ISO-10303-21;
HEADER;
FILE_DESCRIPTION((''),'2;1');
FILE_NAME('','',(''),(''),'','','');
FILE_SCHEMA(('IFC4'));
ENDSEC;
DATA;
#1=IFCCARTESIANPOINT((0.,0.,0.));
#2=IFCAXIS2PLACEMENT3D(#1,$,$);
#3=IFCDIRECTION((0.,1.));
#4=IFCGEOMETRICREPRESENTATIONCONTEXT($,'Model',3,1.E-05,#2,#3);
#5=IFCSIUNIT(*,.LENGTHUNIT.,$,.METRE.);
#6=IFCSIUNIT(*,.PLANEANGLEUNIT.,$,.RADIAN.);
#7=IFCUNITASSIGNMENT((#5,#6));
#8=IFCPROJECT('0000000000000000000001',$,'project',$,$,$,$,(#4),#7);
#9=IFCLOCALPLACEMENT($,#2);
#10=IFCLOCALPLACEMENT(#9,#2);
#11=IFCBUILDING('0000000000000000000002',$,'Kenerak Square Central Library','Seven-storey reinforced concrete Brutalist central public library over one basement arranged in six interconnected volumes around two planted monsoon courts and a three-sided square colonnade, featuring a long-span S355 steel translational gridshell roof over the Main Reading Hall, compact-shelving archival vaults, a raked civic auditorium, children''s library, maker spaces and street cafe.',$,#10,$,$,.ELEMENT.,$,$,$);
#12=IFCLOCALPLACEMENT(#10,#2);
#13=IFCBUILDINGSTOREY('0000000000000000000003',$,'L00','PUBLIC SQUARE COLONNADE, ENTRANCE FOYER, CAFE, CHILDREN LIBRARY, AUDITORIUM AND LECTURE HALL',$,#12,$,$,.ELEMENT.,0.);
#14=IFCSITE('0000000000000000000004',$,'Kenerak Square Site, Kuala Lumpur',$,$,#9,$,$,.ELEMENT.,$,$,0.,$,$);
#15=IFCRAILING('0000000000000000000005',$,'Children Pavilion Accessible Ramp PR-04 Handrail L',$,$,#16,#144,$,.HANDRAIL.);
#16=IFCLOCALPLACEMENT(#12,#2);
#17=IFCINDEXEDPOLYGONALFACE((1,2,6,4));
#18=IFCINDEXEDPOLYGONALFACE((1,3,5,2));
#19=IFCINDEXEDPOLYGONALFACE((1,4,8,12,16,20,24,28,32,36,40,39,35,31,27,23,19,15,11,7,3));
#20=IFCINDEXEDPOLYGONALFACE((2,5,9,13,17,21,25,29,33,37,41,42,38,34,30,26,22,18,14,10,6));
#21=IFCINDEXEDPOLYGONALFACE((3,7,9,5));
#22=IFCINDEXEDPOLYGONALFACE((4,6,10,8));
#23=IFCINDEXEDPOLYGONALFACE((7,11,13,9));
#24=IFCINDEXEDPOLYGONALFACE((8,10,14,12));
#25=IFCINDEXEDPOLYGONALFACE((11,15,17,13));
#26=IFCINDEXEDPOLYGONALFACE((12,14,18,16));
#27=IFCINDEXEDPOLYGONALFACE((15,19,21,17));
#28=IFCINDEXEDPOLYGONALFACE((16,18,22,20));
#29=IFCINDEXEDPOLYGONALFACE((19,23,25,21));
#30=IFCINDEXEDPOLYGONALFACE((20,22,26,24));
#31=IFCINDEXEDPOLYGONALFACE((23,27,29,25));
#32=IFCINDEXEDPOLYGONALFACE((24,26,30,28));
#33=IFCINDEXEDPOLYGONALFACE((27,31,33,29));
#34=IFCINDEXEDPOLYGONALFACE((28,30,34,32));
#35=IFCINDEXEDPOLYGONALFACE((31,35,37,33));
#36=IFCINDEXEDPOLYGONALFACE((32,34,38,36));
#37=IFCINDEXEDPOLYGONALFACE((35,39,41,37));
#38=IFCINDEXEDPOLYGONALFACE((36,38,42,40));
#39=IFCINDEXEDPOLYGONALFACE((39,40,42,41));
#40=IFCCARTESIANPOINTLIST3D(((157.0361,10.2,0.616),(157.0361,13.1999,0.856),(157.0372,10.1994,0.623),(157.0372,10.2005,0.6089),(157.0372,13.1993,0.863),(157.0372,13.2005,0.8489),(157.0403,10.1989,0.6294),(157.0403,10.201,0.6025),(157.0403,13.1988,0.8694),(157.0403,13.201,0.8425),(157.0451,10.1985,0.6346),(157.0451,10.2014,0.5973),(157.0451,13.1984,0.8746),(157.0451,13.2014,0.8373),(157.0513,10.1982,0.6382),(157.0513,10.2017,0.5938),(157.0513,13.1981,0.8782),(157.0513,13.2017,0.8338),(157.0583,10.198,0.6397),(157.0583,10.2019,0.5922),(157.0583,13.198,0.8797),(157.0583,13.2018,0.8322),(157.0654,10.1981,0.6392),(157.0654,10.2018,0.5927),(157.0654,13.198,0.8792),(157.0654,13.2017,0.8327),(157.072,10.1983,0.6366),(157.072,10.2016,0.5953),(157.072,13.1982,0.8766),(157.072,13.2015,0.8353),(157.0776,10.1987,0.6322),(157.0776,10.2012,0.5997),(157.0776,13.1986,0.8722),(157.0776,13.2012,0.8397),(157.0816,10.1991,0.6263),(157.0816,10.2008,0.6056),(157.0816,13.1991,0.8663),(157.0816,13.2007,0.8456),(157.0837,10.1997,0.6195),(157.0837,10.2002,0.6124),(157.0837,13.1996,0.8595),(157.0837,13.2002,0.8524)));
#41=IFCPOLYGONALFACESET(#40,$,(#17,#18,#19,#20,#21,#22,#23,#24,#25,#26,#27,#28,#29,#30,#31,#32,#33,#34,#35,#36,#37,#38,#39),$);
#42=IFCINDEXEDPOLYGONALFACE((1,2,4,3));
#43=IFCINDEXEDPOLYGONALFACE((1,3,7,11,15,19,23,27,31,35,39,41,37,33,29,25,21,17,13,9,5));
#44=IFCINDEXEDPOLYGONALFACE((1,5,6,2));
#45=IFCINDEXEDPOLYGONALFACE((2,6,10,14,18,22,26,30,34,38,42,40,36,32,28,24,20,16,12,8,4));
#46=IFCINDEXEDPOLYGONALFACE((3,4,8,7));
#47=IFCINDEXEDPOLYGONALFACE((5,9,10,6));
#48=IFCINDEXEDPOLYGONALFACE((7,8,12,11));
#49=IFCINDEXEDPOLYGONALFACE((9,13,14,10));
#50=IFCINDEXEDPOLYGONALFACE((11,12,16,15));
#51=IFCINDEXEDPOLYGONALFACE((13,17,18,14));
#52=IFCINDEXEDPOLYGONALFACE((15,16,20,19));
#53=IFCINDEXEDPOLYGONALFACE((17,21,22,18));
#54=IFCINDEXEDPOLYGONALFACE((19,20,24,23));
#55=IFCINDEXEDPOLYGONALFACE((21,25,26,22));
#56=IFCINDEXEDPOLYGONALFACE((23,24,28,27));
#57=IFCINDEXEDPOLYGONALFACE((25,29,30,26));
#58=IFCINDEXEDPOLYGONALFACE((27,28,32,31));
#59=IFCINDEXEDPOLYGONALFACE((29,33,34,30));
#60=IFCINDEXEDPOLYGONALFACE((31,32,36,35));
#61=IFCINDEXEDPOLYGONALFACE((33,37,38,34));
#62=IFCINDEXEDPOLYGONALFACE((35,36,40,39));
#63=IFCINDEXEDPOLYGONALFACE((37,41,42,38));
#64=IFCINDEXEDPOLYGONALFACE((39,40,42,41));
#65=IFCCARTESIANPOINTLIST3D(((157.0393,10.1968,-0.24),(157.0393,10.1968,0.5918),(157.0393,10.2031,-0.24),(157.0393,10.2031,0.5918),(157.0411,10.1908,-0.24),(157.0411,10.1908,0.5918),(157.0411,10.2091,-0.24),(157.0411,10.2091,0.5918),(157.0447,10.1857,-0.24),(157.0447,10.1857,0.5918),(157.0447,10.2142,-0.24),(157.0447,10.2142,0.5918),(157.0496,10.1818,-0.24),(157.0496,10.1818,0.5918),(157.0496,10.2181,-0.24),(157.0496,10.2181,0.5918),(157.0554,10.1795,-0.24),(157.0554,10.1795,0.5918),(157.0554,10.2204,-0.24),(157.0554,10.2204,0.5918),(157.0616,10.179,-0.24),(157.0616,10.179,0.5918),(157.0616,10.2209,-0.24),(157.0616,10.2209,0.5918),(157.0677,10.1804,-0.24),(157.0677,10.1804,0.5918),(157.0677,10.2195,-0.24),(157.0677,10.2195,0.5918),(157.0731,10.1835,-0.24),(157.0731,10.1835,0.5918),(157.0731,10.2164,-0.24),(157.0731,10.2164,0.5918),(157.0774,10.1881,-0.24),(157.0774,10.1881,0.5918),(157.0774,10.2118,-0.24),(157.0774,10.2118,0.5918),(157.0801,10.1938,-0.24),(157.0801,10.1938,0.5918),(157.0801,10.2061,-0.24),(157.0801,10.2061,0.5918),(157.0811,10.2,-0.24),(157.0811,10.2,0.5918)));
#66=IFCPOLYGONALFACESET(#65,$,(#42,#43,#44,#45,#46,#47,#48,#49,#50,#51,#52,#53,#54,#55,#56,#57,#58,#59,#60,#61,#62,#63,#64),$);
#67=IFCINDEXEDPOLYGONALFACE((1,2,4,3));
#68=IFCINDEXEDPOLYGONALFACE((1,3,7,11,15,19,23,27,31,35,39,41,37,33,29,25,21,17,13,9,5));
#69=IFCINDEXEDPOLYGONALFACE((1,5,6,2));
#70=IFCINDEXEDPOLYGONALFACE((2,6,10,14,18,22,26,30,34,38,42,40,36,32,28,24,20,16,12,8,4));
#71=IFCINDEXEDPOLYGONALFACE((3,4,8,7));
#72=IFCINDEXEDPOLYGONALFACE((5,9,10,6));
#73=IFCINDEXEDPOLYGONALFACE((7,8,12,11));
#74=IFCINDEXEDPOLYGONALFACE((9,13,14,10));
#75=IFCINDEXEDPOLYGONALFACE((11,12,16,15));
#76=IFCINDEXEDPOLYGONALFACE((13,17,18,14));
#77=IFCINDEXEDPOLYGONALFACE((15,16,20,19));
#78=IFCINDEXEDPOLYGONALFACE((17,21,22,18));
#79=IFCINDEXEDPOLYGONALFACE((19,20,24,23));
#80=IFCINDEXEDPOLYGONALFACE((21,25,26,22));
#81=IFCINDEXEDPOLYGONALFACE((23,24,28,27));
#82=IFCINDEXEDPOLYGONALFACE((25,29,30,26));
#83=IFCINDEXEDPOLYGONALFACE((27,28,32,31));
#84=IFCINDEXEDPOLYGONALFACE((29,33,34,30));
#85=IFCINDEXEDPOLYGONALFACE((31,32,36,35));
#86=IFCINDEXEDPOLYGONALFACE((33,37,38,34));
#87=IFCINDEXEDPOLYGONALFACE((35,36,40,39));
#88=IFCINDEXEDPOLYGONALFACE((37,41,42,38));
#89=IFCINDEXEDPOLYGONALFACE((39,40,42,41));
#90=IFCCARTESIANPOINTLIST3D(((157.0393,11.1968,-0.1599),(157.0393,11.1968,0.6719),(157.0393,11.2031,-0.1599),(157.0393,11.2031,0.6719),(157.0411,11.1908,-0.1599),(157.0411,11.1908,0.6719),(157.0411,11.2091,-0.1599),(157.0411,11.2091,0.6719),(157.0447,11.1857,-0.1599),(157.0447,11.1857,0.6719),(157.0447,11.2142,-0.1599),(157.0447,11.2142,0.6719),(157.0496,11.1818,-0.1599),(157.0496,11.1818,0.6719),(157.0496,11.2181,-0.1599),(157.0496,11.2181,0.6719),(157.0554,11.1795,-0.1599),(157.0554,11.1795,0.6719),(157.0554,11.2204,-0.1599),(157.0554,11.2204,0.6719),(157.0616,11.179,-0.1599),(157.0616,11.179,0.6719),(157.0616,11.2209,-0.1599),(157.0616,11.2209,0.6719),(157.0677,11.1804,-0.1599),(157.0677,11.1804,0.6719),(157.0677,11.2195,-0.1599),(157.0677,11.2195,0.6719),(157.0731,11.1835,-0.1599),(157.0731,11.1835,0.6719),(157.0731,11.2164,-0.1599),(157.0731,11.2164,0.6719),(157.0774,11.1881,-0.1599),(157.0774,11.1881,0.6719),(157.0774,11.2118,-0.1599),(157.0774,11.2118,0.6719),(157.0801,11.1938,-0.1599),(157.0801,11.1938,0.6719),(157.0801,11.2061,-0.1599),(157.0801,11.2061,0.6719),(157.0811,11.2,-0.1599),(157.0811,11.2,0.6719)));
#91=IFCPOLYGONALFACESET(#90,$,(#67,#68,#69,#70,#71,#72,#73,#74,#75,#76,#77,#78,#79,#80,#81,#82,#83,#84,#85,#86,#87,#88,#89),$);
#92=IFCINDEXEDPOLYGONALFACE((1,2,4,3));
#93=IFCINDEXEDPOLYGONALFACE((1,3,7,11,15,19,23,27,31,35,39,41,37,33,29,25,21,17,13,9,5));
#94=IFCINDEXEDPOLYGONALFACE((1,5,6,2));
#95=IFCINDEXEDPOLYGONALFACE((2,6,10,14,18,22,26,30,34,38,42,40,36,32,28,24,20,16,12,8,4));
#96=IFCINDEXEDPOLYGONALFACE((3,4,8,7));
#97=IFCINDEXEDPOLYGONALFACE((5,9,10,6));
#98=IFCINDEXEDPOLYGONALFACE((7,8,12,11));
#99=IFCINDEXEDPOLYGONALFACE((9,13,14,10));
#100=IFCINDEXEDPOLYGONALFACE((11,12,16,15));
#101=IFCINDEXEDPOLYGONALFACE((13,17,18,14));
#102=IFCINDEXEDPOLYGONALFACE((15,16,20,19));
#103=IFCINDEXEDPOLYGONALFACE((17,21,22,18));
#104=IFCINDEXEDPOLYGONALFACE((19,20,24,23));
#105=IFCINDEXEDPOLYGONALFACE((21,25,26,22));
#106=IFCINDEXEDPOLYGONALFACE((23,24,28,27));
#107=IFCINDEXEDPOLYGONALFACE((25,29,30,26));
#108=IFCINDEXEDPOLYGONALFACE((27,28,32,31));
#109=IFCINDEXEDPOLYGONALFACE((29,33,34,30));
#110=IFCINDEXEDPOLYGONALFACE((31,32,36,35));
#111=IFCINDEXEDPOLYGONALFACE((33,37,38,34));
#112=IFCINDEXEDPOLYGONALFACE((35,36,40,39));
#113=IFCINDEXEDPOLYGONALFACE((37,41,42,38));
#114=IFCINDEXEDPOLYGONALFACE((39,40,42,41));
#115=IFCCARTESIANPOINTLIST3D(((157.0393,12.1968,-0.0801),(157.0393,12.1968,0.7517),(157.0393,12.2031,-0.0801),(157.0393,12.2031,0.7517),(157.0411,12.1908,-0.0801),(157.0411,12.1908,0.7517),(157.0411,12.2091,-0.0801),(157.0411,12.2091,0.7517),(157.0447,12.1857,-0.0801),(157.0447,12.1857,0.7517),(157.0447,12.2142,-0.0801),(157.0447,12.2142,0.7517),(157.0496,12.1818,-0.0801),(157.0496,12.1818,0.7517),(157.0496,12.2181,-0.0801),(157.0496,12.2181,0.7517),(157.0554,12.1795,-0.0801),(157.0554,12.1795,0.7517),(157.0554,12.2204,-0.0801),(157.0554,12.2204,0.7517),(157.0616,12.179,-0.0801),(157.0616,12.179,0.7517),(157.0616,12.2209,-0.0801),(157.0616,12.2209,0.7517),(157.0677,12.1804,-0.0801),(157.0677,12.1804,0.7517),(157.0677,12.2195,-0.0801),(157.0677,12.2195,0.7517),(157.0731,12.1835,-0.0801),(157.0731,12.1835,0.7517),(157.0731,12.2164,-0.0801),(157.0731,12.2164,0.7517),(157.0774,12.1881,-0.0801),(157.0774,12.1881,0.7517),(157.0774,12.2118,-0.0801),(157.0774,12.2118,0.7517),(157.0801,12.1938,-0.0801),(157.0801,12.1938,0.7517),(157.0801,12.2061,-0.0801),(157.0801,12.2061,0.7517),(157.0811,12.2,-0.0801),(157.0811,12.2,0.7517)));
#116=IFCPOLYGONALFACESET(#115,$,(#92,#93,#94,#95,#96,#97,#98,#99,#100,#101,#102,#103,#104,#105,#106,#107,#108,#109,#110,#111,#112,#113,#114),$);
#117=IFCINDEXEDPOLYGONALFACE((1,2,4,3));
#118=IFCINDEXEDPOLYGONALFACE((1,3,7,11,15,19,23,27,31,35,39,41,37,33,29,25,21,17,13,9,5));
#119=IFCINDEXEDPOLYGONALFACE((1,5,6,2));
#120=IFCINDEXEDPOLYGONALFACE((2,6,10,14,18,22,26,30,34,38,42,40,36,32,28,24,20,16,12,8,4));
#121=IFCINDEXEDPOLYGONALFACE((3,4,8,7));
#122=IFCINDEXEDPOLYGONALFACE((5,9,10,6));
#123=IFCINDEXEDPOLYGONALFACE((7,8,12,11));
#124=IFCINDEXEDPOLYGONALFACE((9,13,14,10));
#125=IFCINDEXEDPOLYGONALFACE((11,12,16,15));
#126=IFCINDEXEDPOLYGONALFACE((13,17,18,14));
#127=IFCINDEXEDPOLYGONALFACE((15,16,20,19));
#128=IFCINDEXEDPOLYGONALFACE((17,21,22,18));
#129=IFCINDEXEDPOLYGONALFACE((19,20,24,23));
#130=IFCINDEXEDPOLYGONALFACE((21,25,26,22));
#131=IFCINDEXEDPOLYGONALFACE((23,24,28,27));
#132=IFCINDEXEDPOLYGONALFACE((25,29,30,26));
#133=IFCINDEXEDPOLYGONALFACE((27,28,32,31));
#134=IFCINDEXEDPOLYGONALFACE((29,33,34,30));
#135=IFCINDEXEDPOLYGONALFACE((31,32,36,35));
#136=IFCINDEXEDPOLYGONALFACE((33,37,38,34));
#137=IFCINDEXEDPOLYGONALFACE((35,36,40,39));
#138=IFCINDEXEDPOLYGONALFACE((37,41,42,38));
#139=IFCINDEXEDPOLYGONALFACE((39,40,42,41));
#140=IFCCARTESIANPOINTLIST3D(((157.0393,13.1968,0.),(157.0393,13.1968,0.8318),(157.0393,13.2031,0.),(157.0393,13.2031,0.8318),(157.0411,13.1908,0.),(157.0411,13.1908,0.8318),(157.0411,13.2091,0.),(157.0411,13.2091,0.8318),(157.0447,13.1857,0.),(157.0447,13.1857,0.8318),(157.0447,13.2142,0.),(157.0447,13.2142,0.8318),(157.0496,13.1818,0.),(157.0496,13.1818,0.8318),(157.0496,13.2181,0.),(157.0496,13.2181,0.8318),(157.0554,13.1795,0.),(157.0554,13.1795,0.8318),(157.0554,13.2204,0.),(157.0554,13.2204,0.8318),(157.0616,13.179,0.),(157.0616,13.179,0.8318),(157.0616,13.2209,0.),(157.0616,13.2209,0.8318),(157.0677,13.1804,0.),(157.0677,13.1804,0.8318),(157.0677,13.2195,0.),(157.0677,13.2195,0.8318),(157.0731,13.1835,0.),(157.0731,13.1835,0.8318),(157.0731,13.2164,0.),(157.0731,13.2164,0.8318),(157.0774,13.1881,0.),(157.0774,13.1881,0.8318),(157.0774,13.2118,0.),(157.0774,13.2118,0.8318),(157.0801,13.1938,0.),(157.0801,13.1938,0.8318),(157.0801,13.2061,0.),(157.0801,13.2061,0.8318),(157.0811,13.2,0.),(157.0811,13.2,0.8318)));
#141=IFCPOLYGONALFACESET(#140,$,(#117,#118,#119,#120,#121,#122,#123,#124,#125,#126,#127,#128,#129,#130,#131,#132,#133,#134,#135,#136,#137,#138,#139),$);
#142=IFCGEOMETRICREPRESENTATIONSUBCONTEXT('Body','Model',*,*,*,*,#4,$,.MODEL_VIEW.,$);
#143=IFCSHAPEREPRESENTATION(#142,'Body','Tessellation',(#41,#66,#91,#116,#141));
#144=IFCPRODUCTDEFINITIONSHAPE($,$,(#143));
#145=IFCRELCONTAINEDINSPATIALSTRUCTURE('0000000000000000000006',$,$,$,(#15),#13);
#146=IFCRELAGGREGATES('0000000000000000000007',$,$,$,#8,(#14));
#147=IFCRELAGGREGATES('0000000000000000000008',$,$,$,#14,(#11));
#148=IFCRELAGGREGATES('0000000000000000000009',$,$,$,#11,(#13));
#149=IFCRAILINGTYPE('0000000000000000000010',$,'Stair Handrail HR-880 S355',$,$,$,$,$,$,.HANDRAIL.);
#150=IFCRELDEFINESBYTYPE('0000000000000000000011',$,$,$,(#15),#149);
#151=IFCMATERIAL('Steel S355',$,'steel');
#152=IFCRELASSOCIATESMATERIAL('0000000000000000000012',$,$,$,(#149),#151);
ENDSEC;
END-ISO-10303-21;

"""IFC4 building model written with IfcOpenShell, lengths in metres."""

from ifc_helpers import new_model, si_unit, direction, frame, origin, origin_2d, place, context, subcontext, project, spatial, circle, extrude, material, type_object, element, save


model = new_model("IFC4")

# Units and contexts
model_context = context("Model", 3, precision=1e-05, world=origin(), true_north=direction((0.0, 1.0)))
body_context = subcontext(model_context, "Body", "Model", "MODEL_VIEW")
ifc_project = project(units=[si_unit("LENGTHUNIT", "METRE"), si_unit("PLANEANGLEUNIT", "RADIAN")], contexts=[model_context])

# Site, building, storey
site_placement = place(None, origin())
site = spatial("IfcSite", under=ifc_project, at=site_placement, Name="Kenerak Square Site, Kuala Lumpur", CompositionType="ELEMENT", RefElevation=0.0)
building_placement = place(site_placement, origin())
building = spatial("IfcBuilding", under=site, at=building_placement, Name="Kenerak Square Central Library", Description="Seven-storey reinforced concrete Brutalist central public library over one basement arranged in six interconnected volumes around two planted monsoon courts and a three-sided square colonnade, featuring a long-span S355 steel translational gridshell roof over the Main Reading Hall, compact-shelving archival vaults, a raked civic auditorium, children's library, maker spaces and street cafe.", CompositionType="ELEMENT")
storey_placement = place(building_placement, origin())
storey = spatial("IfcBuildingStorey", under=building, at=storey_placement, Name="L00", Description="PUBLIC SQUARE COLONNADE, ENTRANCE FOYER, CAFE, CHILDREN LIBRARY, AUDITORIUM AND LECTURE HALL", CompositionType="ELEMENT", Elevation=0.0)

# Shared definitions
ifc_material_1 = material(Name="Steel S355", Category="steel")

# Railing
railing_type = type_object("IfcRailingType", Name="Stair Handrail HR-880 S355", PredefinedType="HANDRAIL", material=ifc_material_1)
for number, where, name in (
    (1, (157.0601, 10.2, -0.24), "Children Pavilion Accessible Ramp PR-04 Handrail L"),
):
    element("IfcRailing", number, at=place(storey_placement, frame(where)), inside=storey, type_object=railing_type, Name=name, PredefinedType="HANDRAIL", context=body_context, shape_type="SweptSolid", body=[
        extrude(circle(Radius=0.0239, at=origin_2d()), frame((0.0, 0.0, 0.856), z_axis=(0.0, 0.996816, 0.079742), x_axis=(-1.0, 0.0, 0.0)), (0.0, 0.0, 1.0), 3.0095),
        extrude(circle(Radius=0.021, at=origin_2d()), origin(), (0.0, 0.0, 1.0), 0.8318),
        extrude(circle(Radius=0.021, at=origin_2d()), frame((0.0, 1.0, 0.0801)), (0.0, 0.0, 1.0), 0.8318),
        extrude(circle(Radius=0.021, at=origin_2d()), frame((0.0, 2.0, 0.1599)), (0.0, 0.0, 1.0), 0.8318),
        extrude(circle(Radius=0.021, at=origin_2d()), frame((0.0, 3.0, 0.24)), (0.0, 0.0, 1.0), 0.8318),
    ])

save(model, "model.ifc")
